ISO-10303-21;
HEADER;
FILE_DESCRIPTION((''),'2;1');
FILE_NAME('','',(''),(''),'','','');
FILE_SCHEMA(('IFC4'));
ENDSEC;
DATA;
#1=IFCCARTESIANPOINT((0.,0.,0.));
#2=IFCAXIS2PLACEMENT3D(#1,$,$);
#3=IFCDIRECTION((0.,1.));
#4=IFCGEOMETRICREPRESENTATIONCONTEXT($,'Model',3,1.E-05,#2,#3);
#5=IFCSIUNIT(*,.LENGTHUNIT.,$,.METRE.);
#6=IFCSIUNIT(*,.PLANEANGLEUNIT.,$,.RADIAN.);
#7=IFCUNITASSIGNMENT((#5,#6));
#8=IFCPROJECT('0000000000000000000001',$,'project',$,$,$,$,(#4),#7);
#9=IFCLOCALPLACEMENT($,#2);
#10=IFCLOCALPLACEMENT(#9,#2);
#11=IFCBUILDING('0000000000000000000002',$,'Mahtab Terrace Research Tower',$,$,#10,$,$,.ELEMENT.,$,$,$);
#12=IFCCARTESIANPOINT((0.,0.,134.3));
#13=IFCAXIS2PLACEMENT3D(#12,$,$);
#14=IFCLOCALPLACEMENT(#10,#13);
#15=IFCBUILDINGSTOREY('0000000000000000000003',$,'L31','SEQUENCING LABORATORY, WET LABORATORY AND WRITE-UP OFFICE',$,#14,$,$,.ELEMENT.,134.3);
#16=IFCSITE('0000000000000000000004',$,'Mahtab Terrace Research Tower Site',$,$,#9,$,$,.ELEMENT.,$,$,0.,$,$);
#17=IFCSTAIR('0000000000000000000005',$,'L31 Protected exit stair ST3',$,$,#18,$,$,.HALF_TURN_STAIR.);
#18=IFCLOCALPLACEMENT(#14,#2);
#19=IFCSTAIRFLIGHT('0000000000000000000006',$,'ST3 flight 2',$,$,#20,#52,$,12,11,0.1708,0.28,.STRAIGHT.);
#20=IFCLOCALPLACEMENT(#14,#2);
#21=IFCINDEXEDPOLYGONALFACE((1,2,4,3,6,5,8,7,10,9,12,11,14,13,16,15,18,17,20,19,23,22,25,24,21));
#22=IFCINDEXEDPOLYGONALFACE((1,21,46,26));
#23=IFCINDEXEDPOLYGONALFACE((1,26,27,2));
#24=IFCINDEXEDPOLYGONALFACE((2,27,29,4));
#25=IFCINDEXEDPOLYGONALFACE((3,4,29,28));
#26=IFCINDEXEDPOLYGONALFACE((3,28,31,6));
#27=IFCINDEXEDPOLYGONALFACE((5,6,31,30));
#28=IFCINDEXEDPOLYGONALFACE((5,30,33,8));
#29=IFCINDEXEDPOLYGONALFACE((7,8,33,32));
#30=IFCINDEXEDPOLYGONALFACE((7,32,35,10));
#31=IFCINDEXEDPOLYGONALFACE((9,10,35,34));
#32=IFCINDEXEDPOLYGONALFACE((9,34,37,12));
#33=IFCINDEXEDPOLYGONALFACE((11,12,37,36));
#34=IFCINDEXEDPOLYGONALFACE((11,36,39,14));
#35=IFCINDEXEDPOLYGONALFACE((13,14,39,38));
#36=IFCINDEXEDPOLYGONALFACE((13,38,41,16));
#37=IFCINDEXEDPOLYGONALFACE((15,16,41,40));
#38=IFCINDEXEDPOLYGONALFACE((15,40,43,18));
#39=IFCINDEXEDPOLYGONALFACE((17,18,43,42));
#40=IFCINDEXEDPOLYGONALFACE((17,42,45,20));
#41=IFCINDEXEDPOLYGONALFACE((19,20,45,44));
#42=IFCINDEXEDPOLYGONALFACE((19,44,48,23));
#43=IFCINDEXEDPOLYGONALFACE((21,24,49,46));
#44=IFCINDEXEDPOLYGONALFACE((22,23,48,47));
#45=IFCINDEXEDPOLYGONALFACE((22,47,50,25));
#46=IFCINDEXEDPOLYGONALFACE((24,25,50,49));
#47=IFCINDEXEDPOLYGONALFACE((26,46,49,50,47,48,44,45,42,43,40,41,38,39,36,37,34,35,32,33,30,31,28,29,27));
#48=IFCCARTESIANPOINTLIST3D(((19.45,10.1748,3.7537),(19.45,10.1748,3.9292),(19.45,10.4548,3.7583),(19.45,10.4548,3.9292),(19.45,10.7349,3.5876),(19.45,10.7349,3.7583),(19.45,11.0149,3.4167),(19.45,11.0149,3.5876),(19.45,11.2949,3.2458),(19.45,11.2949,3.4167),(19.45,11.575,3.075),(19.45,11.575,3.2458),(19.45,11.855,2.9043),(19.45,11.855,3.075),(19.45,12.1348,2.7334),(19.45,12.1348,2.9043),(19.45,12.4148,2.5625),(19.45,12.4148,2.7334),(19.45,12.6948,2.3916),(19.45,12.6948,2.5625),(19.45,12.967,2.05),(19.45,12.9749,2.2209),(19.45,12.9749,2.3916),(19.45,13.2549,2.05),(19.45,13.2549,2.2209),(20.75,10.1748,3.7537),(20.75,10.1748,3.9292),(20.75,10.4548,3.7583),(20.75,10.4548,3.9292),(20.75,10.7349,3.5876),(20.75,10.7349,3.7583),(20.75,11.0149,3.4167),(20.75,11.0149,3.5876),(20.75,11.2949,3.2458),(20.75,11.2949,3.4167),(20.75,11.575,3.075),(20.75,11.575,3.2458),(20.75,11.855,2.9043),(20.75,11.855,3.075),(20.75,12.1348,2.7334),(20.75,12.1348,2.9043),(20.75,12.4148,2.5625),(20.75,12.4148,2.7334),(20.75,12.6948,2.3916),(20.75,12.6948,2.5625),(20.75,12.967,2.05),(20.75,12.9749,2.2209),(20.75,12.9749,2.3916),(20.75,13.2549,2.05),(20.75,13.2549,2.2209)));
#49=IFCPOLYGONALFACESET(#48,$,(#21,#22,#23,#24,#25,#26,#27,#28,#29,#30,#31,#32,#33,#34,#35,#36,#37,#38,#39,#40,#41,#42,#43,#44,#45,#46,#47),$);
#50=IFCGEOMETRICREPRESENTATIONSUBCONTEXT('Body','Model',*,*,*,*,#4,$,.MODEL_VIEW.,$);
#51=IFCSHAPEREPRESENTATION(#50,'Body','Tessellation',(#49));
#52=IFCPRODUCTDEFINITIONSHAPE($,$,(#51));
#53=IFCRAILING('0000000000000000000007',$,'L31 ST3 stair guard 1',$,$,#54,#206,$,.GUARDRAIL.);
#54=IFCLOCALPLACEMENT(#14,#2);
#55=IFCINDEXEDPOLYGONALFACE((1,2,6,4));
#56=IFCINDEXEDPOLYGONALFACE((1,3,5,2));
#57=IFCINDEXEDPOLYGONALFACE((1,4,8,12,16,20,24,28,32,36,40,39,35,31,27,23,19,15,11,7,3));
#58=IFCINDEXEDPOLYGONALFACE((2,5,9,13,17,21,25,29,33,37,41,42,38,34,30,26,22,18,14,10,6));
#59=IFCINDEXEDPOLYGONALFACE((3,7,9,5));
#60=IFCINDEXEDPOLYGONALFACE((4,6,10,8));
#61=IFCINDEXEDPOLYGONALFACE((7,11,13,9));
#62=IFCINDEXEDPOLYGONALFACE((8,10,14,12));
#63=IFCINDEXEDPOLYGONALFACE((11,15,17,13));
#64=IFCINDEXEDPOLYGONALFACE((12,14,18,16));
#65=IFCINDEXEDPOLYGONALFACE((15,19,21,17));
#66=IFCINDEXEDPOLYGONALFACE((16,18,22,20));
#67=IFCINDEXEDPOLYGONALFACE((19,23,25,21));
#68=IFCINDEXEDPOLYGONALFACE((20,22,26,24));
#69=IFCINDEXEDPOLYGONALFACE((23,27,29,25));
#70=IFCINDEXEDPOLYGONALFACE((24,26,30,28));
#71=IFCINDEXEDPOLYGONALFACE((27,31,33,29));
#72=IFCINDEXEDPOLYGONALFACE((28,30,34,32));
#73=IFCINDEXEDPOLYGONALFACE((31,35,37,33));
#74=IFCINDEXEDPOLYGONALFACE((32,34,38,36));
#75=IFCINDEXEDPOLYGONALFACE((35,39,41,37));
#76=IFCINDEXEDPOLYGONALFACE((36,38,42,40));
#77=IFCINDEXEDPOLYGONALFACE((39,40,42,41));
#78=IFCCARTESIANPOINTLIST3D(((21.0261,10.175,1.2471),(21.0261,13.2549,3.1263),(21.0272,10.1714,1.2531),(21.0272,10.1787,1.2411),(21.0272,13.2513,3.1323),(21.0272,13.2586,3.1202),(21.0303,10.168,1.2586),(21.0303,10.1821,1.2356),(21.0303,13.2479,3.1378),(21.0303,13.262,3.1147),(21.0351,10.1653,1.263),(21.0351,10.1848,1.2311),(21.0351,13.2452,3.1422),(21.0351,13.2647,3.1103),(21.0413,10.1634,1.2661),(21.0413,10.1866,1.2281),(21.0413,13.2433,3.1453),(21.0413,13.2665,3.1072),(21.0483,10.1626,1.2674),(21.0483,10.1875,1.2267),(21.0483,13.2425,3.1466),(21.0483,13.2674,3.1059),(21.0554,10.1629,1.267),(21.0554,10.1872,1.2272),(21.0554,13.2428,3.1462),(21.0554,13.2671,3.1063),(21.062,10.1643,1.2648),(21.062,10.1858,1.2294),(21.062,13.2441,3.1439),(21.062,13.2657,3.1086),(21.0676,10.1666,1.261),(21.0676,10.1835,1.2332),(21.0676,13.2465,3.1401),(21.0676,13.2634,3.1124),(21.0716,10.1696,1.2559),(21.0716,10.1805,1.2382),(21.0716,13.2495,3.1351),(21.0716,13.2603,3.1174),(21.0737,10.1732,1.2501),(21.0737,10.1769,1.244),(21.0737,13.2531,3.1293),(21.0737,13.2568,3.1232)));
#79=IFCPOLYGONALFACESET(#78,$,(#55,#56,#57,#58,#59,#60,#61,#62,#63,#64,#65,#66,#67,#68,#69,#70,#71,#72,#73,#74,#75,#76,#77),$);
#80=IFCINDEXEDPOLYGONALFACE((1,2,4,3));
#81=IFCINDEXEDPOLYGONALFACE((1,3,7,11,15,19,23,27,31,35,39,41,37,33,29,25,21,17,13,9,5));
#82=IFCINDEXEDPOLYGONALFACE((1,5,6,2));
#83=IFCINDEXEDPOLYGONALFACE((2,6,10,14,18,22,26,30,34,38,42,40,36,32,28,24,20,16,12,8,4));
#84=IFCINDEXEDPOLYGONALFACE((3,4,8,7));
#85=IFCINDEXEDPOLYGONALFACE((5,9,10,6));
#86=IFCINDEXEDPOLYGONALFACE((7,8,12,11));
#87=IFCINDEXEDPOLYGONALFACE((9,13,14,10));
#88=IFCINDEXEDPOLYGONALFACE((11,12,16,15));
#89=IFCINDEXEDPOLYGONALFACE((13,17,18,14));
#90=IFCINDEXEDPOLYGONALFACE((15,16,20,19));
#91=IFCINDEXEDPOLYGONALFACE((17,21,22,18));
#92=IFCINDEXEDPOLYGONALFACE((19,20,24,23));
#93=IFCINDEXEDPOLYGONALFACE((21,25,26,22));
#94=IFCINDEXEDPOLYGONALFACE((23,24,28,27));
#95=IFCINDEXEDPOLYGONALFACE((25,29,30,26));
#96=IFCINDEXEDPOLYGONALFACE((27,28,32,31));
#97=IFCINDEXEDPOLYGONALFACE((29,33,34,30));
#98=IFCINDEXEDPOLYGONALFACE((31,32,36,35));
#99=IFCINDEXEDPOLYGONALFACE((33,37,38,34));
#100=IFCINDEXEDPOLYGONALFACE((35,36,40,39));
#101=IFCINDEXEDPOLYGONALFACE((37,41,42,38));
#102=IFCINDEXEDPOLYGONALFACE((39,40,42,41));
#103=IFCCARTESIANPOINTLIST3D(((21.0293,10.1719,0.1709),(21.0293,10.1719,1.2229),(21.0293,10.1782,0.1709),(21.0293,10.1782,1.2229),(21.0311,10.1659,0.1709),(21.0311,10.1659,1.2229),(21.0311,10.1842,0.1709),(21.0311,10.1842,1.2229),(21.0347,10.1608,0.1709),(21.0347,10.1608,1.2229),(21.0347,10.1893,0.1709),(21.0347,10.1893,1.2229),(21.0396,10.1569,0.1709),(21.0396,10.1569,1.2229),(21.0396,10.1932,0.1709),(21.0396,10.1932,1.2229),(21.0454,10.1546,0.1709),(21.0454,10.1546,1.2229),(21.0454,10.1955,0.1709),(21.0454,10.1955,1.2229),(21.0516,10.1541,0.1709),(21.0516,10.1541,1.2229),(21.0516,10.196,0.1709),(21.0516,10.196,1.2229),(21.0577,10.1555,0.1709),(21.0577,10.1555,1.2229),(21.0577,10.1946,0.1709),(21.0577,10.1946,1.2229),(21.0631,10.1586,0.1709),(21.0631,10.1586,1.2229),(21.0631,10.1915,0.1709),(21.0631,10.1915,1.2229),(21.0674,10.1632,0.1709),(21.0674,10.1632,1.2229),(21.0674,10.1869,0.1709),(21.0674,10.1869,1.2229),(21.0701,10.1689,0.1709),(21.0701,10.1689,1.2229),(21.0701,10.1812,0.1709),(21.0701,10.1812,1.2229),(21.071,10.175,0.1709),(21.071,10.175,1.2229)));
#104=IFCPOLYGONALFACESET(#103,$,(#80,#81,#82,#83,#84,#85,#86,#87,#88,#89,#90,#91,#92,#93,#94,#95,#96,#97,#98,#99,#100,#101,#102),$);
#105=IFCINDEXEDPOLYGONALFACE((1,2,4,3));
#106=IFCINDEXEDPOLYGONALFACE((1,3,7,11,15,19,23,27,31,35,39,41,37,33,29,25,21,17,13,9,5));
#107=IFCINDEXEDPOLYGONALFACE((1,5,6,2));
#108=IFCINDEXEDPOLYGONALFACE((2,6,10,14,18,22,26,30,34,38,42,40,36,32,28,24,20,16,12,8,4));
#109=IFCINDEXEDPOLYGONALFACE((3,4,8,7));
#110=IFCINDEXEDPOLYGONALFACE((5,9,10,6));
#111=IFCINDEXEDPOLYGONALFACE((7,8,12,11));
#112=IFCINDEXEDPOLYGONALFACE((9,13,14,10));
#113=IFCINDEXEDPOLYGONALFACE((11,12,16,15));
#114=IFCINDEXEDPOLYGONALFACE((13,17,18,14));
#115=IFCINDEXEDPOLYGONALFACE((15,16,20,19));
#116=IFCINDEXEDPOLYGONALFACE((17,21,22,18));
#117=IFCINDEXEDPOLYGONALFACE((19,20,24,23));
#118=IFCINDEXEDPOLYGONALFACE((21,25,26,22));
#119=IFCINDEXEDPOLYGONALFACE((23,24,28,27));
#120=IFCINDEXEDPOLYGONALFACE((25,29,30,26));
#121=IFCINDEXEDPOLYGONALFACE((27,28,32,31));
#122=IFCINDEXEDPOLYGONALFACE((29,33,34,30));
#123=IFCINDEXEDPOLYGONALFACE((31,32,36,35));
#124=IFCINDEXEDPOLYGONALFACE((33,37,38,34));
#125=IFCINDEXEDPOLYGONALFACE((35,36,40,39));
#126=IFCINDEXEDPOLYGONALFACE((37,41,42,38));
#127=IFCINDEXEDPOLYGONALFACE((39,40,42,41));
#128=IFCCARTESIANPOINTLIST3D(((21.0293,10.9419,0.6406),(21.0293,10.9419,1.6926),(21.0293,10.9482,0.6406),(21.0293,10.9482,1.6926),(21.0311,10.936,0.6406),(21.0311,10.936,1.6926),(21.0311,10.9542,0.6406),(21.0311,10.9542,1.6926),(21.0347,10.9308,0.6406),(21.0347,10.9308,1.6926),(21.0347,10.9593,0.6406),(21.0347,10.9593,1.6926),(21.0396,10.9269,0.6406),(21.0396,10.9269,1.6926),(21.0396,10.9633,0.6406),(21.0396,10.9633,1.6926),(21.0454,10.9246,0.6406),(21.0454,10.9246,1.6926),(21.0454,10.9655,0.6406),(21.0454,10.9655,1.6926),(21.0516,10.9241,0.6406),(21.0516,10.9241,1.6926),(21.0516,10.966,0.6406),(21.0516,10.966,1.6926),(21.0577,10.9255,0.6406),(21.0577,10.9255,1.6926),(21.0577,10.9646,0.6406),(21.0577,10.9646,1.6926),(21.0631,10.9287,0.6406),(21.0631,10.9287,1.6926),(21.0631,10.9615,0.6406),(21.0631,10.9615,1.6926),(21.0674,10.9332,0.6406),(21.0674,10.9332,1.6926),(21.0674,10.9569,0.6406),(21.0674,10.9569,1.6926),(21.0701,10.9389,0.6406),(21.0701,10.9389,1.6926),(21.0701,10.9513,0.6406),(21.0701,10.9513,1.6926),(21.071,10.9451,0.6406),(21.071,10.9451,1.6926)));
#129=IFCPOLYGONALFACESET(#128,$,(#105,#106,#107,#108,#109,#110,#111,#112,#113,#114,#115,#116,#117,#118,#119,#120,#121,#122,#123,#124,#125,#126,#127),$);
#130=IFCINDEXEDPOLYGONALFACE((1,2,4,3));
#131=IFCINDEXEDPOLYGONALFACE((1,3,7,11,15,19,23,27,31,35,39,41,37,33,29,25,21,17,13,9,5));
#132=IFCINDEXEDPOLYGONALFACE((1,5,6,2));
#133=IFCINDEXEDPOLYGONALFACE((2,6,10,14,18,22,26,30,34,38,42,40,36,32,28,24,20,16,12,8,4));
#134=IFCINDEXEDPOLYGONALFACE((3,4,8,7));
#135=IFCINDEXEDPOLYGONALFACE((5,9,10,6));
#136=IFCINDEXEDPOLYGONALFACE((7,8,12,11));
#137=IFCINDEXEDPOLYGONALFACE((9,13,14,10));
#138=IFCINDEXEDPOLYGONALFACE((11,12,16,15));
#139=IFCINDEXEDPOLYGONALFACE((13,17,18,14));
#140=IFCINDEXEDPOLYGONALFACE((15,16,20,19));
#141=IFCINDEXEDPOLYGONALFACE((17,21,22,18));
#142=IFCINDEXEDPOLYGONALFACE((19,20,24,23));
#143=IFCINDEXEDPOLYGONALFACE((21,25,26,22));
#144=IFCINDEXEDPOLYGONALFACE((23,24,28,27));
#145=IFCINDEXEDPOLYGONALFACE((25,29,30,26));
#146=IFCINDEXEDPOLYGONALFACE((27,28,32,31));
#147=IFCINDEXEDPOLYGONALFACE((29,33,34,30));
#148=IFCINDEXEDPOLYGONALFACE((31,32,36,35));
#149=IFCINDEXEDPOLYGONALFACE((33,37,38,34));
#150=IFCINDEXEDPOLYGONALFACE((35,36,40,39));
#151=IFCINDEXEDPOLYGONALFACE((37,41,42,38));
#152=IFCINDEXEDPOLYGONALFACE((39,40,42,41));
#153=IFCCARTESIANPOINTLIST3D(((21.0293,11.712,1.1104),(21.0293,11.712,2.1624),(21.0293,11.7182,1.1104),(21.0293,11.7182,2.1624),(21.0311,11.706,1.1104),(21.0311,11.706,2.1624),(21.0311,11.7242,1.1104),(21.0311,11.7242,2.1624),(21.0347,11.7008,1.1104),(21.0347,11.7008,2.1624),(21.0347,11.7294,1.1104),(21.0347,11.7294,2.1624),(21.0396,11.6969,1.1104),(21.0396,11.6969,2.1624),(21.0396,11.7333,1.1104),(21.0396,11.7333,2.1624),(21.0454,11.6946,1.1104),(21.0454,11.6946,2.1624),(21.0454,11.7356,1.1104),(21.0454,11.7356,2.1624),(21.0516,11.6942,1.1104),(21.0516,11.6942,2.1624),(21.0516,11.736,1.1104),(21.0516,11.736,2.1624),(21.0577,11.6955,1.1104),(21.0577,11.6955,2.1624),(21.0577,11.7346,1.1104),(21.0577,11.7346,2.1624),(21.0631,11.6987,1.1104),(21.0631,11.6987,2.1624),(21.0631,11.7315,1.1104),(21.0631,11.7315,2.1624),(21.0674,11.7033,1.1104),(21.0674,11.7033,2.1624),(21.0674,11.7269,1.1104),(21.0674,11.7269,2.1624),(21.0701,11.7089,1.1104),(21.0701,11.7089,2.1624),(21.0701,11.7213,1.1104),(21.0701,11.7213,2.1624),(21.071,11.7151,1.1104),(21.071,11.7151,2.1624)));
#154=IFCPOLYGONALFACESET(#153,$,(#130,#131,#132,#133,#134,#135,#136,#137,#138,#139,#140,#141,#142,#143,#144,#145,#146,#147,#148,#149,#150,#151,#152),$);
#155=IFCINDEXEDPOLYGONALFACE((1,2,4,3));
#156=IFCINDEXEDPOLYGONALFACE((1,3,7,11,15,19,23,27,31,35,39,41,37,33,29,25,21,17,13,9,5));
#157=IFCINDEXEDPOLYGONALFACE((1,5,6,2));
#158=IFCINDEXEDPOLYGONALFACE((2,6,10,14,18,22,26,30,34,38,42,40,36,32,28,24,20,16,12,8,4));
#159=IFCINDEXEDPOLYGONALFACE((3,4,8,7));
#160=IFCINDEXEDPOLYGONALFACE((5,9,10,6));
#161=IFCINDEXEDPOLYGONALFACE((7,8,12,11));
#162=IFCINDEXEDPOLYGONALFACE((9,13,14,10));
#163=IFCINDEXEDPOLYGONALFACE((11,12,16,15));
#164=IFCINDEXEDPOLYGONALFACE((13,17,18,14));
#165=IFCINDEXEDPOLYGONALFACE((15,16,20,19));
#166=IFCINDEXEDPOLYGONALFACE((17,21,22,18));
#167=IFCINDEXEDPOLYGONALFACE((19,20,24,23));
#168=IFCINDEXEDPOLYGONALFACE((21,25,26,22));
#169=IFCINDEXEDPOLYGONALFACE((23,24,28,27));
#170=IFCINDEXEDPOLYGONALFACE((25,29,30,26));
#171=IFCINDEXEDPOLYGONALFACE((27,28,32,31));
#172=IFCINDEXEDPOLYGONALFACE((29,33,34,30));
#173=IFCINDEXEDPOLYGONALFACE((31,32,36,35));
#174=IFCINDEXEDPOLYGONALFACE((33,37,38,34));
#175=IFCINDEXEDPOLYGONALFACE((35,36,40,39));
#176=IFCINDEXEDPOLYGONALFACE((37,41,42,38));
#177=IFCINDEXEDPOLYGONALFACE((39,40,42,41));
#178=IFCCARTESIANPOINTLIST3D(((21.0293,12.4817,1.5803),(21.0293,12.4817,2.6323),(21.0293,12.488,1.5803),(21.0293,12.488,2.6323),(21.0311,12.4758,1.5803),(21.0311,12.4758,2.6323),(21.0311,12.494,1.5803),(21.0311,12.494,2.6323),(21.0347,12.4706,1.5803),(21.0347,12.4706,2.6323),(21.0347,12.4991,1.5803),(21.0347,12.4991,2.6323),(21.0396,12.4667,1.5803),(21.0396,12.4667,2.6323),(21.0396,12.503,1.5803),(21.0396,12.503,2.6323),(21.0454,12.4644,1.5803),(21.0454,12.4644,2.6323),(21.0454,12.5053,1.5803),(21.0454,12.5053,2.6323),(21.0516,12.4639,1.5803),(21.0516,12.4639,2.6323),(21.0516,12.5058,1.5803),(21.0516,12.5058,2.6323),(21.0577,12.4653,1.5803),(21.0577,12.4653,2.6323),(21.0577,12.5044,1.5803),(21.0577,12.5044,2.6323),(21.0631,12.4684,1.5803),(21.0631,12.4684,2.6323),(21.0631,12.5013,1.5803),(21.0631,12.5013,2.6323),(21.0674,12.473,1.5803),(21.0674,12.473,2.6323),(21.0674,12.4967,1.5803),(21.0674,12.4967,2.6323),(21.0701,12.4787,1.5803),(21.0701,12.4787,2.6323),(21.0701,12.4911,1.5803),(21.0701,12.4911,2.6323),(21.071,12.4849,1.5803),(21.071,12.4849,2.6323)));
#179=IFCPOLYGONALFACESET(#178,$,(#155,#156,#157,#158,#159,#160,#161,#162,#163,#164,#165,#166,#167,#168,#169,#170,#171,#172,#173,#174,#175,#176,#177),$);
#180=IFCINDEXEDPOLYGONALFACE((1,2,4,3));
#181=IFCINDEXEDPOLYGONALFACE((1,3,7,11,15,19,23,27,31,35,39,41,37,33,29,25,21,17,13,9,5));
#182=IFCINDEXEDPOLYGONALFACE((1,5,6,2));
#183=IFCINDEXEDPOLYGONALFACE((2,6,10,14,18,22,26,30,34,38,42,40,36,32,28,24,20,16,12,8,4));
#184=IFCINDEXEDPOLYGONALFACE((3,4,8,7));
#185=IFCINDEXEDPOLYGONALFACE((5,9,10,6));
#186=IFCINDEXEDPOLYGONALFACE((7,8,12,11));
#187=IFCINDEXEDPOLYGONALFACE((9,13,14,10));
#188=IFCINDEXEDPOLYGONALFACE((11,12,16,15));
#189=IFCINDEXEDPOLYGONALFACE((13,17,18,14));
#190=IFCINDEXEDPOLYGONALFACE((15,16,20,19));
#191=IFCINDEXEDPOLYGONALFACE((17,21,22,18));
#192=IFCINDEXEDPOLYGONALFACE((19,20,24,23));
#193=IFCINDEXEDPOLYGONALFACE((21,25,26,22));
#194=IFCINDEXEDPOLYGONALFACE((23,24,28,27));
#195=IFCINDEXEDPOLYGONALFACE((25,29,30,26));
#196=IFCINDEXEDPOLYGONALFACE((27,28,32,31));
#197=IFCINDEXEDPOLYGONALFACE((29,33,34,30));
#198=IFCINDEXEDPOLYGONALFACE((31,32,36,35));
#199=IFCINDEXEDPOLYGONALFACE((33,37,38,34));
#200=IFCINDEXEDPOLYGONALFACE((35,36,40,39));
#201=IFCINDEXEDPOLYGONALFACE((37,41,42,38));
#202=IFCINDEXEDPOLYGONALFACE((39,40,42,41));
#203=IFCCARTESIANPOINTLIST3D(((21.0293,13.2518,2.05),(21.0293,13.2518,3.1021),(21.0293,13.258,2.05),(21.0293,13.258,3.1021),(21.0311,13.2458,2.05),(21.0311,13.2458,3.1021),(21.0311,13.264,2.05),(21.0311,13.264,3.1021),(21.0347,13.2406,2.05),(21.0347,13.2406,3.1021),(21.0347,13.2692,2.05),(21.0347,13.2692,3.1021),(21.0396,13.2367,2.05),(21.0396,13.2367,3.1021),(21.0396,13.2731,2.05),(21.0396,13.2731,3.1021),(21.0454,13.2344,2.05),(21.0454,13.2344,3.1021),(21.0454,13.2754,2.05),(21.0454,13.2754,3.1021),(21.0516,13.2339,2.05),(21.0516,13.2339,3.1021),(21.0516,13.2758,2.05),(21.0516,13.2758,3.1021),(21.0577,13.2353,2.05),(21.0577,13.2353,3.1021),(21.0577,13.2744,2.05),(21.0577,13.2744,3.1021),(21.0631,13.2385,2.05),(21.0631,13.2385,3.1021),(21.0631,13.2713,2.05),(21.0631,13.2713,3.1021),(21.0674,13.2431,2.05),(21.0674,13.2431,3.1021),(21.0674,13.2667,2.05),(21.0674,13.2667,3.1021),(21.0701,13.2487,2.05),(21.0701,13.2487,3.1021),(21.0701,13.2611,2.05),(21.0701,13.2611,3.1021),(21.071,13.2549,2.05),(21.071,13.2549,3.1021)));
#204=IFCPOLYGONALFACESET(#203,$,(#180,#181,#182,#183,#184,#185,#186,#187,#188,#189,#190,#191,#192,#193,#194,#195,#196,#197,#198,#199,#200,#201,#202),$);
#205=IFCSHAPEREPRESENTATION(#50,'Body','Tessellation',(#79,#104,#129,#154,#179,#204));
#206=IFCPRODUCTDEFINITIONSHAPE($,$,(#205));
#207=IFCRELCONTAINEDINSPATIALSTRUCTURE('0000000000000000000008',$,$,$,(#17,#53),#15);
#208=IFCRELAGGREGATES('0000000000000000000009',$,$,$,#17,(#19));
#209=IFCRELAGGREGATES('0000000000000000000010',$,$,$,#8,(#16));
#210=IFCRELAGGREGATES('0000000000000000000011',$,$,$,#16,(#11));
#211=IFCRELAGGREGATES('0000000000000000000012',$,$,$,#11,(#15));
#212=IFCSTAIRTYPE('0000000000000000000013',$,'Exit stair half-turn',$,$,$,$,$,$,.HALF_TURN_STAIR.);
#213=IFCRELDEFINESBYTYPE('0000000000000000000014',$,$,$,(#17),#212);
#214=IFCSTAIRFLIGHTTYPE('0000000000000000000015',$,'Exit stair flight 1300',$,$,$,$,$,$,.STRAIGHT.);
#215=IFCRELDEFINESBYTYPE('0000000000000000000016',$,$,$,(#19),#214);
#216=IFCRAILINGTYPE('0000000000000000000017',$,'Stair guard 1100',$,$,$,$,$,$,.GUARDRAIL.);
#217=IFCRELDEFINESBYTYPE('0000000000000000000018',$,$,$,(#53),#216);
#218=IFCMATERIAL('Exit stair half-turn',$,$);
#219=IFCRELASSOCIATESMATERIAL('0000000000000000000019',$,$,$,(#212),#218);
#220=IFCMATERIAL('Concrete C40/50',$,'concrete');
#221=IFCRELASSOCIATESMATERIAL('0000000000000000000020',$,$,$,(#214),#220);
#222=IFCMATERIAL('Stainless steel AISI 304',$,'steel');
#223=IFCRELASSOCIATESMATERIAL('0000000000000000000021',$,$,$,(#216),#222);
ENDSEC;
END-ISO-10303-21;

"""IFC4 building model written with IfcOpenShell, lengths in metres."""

from ifc_helpers import new_model, si_unit, direction, frame, origin, origin_2d, place, context, subcontext, project, spatial, polyline, circle, outline, extrude, material, type_object, element, aggregate, save


model = new_model("IFC4")

# Units and contexts
model_context = context("Model", 3, precision=1e-05, world=origin(), true_north=direction((0.0, 1.0)))
body_context = subcontext(model_context, "Body", "Model", "MODEL_VIEW")
ifc_project = project(units=[si_unit("LENGTHUNIT", "METRE"), si_unit("PLANEANGLEUNIT", "RADIAN")], contexts=[model_context])

# Site, building, storey
site_placement = place(None, origin())
site = spatial("IfcSite", under=ifc_project, at=site_placement, Name="Mahtab Terrace Research Tower Site", CompositionType="ELEMENT", RefElevation=0.0)
building_placement = place(site_placement, origin())
building = spatial("IfcBuilding", under=site, at=building_placement, Name="Mahtab Terrace Research Tower", CompositionType="ELEMENT")
storey_placement = place(building_placement, frame((0.0, 0.0, 134.3)))
storey = spatial("IfcBuildingStorey", under=building, at=storey_placement, Name="L31", Description="SEQUENCING LABORATORY, WET LABORATORY AND WRITE-UP OFFICE", CompositionType="ELEMENT", Elevation=134.3)

# Stair, stair flight
ifc_material_1 = material(Name="Exit stair half-turn")
stair_type = type_object("IfcStairType", Name="Exit stair half-turn", PredefinedType="HALF_TURN_STAIR", material=ifc_material_1)
stair_placement = place(storey_placement, origin())
stair = element("IfcStair", 1, at=stair_placement, inside=storey, type_object=stair_type, Name="L31 Protected exit stair ST3", PredefinedType="HALF_TURN_STAIR")
ifc_material_2 = material(Name="Concrete C40/50", Category="concrete")
stair_flight_type = type_object("IfcStairFlightType", Name="Exit stair flight 1300", PredefinedType="STRAIGHT", material=ifc_material_2)
stair_flight_1_placement = place(storey_placement, frame((20.1001, 13.2549, 2.05), z_axis=(0.0, 0.0, 1.0), x_axis=(0.0, -1.0, 0.0)))
stair_flight_1 = element("IfcStairFlight", 2, at=stair_flight_1_placement, type_object=stair_flight_type, Name="ST3 flight 2", NumberOfRisers=12, NumberOfTreads=11, PredefinedType="STRAIGHT", RiserHeight=0.1708, TreadLength=0.28, context=body_context, shape_type="SweptSolid", body=[
    extrude(outline(polyline([(0.0, 0.0), (0.0, 0.1709), (0.28, 0.1709), (0.28, 0.3416), (0.5601, 0.3416), (0.5601, 0.5125), (0.8401, 0.5125), (0.8401, 0.6833), (1.1201, 0.6833), (1.1201, 0.8542), (1.3999, 0.8542), (1.3999, 1.0249), (1.6799, 1.0249), (1.6799, 1.1958), (1.96, 1.1958), (1.96, 1.3667), (2.24, 1.3667), (2.24, 1.5376), (2.52, 1.5376), (2.52, 1.7083), (2.8, 1.7083), (2.8, 1.8792), (3.0801, 1.8792), (3.0801, 2.05), (3.0801, 1.7036), (0.2878, 0.0), (0.0, 0.0)])), frame((0.0, 0.6499, 0.0), z_axis=(0.0, -1.0, 0.0), x_axis=(1.0, 0.0, 0.0)), (0.0, 0.0, 1.0), 1.3),
])
aggregate(stair, [stair_flight_1])

# Railing
ifc_material_3 = material(Name="Stainless steel AISI 304", Category="steel")
railing_type_1 = type_object("IfcRailingType", Name="Stair guard 1100", PredefinedType="GUARDRAIL", material=ifc_material_3)
railing_1_placement = place(storey_placement, frame((21.05, 10.175, 0.1709)))
element("IfcRailing", 3, at=railing_1_placement, inside=storey, type_object=railing_type_1, Name="L31 ST3 stair guard 1", PredefinedType="GUARDRAIL", context=body_context, shape_type="SweptSolid", body=[
    extrude(circle(Radius=0.0239, at=origin_2d()), frame((0.0, 0.0, 1.0762), z_axis=(0.0, 0.853648, 0.52085), x_axis=(-1.0, 0.0, 0.0)), (0.0, 0.0, 1.0), 3.6079),
    extrude(circle(Radius=0.021, at=origin_2d()), origin(), (0.0, 0.0, 1.0), 1.052),
    extrude(circle(Radius=0.021, at=origin_2d()), frame((0.0, 0.77, 0.4697)), (0.0, 0.0, 1.0), 1.052),
    extrude(circle(Radius=0.021, at=origin_2d()), frame((0.0, 1.54, 0.9395)), (0.0, 0.0, 1.0), 1.052),
    extrude(circle(Radius=0.021, at=origin_2d()), frame((0.0, 2.3098, 1.4094)), (0.0, 0.0, 1.0), 1.052),
    extrude(circle(Radius=0.021, at=origin_2d()), frame((0.0, 3.0798, 1.8792)), (0.0, 0.0, 1.0), 1.052),
])

save(model, "model.ifc")
